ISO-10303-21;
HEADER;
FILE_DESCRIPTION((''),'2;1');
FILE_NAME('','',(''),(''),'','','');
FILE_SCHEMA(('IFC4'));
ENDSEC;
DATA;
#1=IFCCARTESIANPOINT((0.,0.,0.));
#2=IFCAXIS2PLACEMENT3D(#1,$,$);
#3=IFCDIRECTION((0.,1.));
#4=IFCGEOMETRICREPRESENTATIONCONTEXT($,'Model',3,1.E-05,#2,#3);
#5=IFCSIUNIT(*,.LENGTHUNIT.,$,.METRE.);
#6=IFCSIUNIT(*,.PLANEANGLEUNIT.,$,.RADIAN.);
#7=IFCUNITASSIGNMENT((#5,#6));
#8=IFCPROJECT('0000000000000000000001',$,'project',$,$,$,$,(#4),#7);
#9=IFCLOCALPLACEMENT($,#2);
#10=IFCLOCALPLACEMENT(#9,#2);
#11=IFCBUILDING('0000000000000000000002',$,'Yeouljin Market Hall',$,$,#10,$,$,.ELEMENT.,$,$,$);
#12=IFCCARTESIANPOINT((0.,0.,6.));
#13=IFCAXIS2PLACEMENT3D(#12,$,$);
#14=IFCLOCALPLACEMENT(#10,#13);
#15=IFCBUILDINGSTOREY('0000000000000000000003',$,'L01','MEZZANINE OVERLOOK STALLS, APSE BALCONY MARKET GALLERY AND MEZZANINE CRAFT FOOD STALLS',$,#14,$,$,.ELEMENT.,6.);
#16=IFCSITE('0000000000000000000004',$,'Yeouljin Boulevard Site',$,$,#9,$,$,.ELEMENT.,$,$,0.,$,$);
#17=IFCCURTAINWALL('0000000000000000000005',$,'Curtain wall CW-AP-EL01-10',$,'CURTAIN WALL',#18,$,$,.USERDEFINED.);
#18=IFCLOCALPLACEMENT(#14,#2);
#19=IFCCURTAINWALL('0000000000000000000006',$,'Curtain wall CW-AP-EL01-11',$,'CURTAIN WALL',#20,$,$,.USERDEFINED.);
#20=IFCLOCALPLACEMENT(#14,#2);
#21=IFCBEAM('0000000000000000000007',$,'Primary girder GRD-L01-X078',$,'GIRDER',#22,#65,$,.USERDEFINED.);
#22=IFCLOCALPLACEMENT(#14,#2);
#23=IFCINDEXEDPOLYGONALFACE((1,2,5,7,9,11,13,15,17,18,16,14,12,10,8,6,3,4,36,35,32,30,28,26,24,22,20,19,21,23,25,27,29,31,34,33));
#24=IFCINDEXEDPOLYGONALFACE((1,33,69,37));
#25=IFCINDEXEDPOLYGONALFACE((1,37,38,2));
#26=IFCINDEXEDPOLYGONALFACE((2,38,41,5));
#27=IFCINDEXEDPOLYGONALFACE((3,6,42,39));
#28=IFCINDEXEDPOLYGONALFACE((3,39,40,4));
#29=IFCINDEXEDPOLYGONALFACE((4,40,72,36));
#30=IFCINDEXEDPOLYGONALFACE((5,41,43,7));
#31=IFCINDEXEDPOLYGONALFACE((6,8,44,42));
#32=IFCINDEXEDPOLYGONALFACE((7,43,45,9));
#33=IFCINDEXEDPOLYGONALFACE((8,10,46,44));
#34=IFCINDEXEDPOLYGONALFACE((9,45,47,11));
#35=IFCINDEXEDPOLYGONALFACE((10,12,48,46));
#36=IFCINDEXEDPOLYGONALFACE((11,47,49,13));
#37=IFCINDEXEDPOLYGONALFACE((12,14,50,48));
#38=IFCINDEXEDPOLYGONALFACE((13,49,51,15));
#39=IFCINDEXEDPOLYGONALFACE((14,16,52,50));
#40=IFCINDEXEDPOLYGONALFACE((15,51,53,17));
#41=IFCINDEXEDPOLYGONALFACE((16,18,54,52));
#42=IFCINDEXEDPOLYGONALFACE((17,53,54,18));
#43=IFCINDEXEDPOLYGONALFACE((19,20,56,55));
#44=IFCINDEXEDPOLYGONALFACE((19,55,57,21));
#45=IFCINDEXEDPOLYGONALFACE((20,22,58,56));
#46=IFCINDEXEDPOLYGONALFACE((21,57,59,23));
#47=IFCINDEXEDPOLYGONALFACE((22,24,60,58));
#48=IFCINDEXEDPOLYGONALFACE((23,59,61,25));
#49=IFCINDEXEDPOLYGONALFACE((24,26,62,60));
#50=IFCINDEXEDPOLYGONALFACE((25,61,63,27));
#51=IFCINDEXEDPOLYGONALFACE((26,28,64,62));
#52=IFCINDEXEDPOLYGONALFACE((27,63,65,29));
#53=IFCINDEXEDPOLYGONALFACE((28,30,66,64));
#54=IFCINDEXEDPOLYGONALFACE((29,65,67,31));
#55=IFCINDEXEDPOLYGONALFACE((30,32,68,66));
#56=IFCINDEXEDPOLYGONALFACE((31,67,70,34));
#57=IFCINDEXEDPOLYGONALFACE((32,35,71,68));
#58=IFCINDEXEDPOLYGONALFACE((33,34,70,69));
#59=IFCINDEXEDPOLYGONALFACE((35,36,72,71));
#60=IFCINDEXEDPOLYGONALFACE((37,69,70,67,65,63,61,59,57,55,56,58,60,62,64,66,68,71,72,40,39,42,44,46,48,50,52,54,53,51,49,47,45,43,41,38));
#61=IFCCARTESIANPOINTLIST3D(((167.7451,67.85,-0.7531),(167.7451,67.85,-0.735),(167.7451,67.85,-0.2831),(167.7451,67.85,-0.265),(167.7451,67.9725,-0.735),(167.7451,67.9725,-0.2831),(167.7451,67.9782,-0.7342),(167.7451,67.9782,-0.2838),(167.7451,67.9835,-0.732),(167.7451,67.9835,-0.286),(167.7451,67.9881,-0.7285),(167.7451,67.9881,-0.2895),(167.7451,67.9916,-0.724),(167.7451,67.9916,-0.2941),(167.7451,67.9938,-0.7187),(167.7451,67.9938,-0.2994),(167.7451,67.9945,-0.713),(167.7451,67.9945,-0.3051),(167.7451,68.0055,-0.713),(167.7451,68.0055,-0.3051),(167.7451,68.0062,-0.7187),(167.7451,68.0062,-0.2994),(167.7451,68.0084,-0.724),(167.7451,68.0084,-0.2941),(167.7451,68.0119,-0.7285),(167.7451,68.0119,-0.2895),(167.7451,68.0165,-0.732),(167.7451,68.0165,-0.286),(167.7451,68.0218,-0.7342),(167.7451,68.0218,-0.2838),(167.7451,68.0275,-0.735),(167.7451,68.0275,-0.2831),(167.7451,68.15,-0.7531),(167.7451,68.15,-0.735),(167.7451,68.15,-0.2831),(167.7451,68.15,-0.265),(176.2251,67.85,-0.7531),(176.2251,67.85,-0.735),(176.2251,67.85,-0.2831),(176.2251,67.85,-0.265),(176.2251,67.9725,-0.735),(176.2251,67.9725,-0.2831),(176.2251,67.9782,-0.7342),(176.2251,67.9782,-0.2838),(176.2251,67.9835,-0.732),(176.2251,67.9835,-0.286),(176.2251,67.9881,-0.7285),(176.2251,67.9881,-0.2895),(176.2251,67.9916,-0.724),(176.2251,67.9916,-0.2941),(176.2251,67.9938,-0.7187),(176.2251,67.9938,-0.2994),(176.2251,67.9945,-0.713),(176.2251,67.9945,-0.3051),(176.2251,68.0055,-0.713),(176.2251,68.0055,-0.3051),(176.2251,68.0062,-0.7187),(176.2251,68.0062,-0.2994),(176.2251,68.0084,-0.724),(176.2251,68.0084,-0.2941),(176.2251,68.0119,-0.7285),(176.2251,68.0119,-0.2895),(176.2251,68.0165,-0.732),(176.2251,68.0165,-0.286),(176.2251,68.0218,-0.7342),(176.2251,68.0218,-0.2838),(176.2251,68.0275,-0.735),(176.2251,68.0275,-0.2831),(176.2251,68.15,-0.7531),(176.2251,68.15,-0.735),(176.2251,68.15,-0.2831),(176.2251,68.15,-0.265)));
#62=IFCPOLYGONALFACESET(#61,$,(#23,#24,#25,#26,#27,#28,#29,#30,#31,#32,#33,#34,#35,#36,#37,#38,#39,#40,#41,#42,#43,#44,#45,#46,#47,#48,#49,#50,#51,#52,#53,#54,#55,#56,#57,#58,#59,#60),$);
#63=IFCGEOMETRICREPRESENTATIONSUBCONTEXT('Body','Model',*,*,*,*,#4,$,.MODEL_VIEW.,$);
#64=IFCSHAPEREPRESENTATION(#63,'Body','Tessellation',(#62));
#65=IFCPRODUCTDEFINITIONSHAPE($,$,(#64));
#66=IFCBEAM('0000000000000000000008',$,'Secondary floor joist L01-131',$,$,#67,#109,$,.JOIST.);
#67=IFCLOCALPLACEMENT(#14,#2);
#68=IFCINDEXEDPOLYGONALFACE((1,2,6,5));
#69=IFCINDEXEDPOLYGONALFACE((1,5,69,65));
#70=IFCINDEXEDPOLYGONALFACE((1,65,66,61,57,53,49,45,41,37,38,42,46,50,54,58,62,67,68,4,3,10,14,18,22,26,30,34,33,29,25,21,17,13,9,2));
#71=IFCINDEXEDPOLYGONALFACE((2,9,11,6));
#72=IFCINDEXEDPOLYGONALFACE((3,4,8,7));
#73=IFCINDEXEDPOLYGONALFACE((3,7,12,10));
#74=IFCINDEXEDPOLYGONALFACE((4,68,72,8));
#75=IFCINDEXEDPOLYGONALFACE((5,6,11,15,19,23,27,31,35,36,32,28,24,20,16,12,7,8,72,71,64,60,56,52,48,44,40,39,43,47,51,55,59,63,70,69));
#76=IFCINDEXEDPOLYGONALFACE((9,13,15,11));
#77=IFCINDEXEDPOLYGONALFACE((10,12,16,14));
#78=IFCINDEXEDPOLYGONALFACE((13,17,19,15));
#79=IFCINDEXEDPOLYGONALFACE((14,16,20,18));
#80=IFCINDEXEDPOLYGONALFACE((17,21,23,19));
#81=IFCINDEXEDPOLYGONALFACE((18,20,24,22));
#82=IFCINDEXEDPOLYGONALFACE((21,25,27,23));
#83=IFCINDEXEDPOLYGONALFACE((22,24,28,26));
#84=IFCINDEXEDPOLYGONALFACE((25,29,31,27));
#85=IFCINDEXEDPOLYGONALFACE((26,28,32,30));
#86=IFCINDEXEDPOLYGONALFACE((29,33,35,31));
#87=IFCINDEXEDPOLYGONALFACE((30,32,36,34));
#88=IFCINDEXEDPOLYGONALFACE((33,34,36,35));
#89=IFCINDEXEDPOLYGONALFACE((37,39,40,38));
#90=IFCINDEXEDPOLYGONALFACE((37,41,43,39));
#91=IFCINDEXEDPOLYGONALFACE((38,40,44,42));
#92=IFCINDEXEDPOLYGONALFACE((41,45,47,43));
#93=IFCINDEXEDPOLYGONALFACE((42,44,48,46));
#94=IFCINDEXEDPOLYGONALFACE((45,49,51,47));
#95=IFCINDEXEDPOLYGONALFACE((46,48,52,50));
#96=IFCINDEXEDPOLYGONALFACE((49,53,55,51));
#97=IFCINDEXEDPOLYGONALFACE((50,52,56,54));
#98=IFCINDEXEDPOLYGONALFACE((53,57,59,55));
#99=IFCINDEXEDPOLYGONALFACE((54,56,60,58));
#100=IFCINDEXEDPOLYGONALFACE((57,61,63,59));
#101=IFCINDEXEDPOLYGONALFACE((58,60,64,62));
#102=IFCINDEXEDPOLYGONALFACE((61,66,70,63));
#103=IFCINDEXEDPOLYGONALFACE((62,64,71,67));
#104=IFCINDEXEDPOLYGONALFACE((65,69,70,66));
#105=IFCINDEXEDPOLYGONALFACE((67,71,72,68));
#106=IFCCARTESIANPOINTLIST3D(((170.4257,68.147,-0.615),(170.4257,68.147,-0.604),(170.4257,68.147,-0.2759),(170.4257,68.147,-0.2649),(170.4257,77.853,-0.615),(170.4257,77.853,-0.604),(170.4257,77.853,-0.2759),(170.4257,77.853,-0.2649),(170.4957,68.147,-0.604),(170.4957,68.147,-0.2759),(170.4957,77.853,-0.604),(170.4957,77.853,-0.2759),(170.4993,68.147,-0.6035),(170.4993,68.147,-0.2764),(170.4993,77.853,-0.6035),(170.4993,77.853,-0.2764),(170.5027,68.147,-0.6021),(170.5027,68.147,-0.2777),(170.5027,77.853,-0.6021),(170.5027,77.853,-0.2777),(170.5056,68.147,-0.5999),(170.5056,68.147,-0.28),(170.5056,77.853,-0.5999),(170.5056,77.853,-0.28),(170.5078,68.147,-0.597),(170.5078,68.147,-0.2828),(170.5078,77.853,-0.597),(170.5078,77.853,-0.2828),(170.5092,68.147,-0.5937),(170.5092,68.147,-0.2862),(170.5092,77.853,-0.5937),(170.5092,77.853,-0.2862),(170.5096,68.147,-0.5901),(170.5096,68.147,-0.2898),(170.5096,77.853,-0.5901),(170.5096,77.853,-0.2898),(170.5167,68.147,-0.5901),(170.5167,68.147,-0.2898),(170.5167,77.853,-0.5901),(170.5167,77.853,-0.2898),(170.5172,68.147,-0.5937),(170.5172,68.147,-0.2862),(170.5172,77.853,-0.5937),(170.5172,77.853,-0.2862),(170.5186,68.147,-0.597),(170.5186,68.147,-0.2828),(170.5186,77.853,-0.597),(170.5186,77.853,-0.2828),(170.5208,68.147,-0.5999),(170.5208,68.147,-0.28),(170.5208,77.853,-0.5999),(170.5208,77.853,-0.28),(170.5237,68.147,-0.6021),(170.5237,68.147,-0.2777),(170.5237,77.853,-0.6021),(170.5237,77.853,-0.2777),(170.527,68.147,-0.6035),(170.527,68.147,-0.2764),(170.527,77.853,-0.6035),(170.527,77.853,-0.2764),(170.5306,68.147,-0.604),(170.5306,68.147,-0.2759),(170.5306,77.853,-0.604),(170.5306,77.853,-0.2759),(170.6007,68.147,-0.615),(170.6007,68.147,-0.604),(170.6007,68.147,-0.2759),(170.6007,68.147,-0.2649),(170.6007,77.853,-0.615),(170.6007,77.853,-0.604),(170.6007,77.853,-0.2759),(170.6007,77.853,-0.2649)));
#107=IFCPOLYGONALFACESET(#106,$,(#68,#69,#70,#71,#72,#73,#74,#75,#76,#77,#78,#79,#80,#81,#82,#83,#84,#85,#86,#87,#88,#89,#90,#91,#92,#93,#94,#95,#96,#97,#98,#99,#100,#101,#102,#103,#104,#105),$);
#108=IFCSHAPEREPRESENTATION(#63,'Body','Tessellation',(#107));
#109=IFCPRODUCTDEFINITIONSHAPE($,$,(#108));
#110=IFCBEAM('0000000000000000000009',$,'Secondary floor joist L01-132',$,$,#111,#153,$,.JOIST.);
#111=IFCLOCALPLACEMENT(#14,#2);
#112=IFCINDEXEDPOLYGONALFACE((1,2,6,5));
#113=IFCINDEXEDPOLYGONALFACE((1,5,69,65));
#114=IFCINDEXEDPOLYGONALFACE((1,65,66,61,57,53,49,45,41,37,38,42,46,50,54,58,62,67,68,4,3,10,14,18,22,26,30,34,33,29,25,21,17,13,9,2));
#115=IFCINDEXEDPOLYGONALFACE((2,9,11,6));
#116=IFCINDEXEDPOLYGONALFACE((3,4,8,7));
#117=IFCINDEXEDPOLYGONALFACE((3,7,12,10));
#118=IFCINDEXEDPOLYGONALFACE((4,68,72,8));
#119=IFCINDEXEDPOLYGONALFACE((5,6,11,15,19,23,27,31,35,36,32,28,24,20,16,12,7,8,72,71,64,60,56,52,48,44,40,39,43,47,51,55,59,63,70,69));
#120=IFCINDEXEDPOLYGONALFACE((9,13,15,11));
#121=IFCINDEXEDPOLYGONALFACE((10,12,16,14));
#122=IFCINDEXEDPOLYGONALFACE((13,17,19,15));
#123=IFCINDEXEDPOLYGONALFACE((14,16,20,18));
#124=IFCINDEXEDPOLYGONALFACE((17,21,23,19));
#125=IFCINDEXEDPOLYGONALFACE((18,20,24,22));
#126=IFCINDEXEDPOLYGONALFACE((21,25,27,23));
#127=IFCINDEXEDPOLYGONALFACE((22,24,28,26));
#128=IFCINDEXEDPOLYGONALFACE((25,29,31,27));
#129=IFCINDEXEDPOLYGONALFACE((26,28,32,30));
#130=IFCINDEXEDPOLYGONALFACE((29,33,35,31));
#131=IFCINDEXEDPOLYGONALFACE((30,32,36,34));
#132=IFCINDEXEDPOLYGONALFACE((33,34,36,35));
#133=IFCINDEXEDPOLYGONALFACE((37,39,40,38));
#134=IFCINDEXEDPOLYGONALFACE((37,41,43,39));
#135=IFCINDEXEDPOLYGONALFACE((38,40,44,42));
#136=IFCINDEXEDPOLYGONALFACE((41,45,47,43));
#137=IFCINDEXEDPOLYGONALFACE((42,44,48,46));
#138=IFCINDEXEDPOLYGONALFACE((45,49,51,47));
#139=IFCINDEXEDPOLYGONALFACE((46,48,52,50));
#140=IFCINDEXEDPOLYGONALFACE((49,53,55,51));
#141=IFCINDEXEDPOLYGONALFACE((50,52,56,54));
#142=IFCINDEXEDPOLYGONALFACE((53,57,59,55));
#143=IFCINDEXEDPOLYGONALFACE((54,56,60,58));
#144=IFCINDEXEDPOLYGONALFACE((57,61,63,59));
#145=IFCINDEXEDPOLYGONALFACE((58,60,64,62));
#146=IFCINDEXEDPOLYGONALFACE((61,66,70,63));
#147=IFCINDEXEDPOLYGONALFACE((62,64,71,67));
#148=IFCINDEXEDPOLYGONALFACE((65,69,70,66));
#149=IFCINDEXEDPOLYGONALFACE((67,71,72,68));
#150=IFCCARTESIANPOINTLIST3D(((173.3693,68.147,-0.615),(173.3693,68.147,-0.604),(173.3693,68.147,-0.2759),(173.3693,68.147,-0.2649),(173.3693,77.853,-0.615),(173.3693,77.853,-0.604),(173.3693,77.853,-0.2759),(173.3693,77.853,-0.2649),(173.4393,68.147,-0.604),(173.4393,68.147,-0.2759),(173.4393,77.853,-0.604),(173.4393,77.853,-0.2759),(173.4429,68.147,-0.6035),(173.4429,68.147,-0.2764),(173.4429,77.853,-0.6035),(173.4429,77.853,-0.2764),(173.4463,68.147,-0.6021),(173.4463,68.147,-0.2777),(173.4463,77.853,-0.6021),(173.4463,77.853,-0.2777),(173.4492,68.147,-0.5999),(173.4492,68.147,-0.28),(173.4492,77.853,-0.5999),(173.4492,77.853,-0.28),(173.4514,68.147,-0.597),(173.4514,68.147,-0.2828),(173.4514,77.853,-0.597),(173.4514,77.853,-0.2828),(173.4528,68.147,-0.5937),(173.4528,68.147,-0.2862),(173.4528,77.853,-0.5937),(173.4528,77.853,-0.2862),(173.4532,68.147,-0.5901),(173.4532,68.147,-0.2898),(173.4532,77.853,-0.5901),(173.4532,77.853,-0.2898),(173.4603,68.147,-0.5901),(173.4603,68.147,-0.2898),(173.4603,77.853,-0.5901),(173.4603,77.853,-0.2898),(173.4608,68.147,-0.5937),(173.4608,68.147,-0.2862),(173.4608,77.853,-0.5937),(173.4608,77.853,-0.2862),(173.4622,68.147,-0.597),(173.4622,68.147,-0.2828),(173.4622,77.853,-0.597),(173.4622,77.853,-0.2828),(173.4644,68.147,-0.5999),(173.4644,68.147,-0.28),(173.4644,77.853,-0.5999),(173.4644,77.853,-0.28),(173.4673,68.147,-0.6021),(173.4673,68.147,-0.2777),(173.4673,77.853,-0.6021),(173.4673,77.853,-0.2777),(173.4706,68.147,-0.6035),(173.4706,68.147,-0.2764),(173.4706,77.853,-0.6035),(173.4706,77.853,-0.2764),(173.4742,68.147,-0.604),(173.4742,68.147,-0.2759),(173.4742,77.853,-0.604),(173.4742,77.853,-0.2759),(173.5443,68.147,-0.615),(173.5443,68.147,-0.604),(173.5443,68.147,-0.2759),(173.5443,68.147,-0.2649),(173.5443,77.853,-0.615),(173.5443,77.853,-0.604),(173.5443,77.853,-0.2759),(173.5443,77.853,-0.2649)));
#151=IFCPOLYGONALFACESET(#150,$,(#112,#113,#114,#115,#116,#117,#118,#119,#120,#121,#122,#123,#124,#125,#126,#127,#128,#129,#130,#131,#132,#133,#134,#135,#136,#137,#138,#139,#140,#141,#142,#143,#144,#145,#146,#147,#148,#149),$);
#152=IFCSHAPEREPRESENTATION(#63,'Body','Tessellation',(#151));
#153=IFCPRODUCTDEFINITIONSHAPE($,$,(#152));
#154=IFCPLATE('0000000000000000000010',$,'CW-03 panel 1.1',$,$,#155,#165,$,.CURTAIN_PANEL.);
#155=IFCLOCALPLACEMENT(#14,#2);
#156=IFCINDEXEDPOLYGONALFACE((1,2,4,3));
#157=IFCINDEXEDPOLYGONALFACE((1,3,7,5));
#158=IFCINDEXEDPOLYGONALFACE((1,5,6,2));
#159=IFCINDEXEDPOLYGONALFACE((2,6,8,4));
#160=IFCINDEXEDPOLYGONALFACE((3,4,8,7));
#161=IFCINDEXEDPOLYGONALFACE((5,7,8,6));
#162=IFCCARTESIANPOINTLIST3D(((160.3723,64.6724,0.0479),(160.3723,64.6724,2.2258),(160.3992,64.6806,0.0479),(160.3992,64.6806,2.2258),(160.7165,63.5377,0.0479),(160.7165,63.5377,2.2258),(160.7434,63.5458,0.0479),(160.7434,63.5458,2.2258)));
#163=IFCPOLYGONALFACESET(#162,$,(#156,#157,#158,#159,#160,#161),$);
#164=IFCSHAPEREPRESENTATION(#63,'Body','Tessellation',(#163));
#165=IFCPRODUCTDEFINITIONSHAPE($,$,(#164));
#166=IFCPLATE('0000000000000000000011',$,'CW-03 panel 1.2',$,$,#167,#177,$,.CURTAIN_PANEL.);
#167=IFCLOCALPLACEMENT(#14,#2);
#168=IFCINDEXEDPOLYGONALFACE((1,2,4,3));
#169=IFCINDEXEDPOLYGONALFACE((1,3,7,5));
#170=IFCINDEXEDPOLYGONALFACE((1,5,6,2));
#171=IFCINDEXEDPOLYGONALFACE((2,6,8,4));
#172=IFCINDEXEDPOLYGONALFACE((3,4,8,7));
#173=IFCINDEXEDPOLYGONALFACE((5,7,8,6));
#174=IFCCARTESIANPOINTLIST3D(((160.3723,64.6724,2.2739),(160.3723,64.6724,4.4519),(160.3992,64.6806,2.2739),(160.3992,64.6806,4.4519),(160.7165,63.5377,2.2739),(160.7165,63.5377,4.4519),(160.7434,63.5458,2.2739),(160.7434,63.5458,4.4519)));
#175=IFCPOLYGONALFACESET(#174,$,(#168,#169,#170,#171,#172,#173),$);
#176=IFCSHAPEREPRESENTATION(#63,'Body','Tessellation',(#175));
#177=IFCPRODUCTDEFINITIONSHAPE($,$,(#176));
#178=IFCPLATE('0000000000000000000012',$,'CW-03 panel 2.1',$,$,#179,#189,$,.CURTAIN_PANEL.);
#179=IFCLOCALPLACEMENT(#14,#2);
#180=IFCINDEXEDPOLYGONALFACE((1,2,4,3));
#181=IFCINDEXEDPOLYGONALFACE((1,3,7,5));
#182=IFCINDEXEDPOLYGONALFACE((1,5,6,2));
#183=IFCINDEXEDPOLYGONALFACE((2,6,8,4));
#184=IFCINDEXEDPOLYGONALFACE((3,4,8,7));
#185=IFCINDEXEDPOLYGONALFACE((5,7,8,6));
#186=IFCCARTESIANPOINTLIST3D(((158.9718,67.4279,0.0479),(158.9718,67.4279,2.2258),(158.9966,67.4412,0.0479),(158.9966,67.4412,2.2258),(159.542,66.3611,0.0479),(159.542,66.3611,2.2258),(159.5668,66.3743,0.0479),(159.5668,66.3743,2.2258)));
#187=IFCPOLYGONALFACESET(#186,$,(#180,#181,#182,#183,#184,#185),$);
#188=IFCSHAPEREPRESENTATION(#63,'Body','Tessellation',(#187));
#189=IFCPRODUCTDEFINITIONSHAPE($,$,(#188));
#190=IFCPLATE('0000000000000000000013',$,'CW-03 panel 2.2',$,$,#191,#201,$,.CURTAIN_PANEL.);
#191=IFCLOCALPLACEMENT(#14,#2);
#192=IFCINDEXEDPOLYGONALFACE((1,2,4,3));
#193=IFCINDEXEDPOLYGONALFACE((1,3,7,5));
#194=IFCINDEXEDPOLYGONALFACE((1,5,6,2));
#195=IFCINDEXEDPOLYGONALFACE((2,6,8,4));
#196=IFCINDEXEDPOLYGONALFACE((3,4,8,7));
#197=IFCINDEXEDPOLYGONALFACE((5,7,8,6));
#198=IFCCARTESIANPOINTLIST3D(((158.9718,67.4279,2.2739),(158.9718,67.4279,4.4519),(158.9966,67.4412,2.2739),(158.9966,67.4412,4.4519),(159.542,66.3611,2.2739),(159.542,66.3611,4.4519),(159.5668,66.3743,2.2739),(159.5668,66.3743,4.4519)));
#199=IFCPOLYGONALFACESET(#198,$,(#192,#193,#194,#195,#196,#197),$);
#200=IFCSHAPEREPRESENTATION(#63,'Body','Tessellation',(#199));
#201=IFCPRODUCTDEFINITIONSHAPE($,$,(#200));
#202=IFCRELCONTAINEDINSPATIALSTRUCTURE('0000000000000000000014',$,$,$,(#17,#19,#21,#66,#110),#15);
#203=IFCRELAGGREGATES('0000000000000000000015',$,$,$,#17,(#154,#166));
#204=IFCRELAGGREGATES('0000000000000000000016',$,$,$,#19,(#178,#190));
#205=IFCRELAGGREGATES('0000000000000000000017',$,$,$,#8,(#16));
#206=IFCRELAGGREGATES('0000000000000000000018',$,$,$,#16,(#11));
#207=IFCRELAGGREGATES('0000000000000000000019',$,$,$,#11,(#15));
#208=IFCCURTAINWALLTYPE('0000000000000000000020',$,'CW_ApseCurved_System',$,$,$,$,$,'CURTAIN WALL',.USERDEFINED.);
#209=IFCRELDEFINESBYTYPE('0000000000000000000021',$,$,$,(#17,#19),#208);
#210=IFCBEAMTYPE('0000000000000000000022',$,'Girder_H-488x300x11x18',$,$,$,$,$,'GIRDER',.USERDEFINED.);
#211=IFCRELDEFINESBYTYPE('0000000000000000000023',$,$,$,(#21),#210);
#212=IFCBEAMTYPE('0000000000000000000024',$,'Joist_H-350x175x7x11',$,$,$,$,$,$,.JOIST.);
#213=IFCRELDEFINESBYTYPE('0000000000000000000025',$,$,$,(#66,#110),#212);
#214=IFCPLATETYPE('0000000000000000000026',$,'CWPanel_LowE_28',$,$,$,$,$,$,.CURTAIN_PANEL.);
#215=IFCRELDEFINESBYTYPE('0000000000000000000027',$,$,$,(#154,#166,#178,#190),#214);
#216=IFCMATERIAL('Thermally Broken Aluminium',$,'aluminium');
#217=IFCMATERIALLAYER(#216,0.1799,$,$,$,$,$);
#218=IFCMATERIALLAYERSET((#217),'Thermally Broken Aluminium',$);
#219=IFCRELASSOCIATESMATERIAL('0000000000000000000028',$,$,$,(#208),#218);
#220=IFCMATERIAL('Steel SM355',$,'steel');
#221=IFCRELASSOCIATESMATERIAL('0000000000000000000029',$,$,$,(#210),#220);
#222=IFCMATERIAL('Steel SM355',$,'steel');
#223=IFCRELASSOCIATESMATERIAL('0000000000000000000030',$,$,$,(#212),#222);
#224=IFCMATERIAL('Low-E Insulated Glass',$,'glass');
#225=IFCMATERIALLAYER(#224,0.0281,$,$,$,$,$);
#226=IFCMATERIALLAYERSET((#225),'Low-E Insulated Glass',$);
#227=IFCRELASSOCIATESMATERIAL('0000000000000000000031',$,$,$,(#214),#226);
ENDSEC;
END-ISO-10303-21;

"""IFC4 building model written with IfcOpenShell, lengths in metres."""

from ifc_helpers import new_model, si_unit, direction, frame, origin, origin_2d, place, context, subcontext, project, spatial, rectangle, i_section, extrude, material, layer, layer_set, material_profile, profile_set, type_object, element, aggregate, save


model = new_model("IFC4")

# Units and contexts
model_context = context("Model", 3, precision=1e-05, world=origin(), true_north=direction((0.0, 1.0)))
body_context = subcontext(model_context, "Body", "Model", "MODEL_VIEW")
ifc_project = project(units=[si_unit("LENGTHUNIT", "METRE"), si_unit("PLANEANGLEUNIT", "RADIAN")], contexts=[model_context])

# Site, building, storey
site_placement = place(None, origin())
site = spatial("IfcSite", under=ifc_project, at=site_placement, Name="Yeouljin Boulevard Site", CompositionType="ELEMENT", RefElevation=0.0)
building_placement = place(site_placement, origin())
building = spatial("IfcBuilding", under=site, at=building_placement, Name="Yeouljin Market Hall", CompositionType="ELEMENT")
storey_placement = place(building_placement, frame((0.0, 0.0, 6.0)))
storey = spatial("IfcBuildingStorey", under=building, at=storey_placement, Name="L01", Description="MEZZANINE OVERLOOK STALLS, APSE BALCONY MARKET GALLERY AND MEZZANINE CRAFT FOOD STALLS", CompositionType="ELEMENT", Elevation=6.0)

# Curtain wall
ifc_material_1 = material(Name="Thermally Broken Aluminium", Category="aluminium")
ifc_layer_1 = layer(ifc_material_1, 0.1799)
ifc_layer_set_1 = layer_set([ifc_layer_1], Name="Thermally Broken Aluminium")
curtain_wall_type = type_object("IfcCurtainWallType", Name="CW_ApseCurved_System", ElementType="CURTAIN WALL", PredefinedType="USERDEFINED", material=ifc_layer_set_1)
curtain_wall_1_placement = place(storey_placement, origin())
curtain_wall_1 = element("IfcCurtainWall", 1, at=curtain_wall_1_placement, inside=storey, type_object=curtain_wall_type, Name="Curtain wall CW-AP-EL01-10", ObjectType="CURTAIN WALL", PredefinedType="USERDEFINED")

# Curtain wall
curtain_wall_2_placement = place(storey_placement, origin())
curtain_wall_2 = element("IfcCurtainWall", 2, at=curtain_wall_2_placement, inside=storey, type_object=curtain_wall_type, Name="Curtain wall CW-AP-EL01-11", ObjectType="CURTAIN WALL", PredefinedType="USERDEFINED")

# Beams
ifc_material_2 = material(Name="Steel SM355", Category="steel")
ifc_material_profile_1 = material_profile(ifc_material_2, i_section(OverallWidth=0.3, OverallDepth=0.488, WebThickness=0.011, FlangeThickness=0.0181, FilletRadius=0.022, at=origin_2d()), Name="H-488x300x11x18")
ifc_profile_set_1 = profile_set([ifc_material_profile_1], Name="Steel SM355")
beam_type_1 = type_object("IfcBeamType", Name="Girder_H-488x300x11x18", ElementType="GIRDER", PredefinedType="USERDEFINED", material=ifc_profile_set_1)
beam_1_placement = place(storey_placement, frame((167.7451, 68.0, -0.509), z_axis=(1.0, 0.0, 0.0), x_axis=(0.0, 1.0, 0.0)))
element("IfcBeam", 3, at=beam_1_placement, inside=storey, type_object=beam_type_1, Name="Primary girder GRD-L01-X078", ObjectType="GIRDER", PredefinedType="USERDEFINED", context=body_context, shape_type="SweptSolid", body=[
    extrude(i_section(OverallWidth=0.3, OverallDepth=0.488, WebThickness=0.011, FlangeThickness=0.0181, FilletRadius=0.022, at=origin_2d()), origin(), (0.0, 0.0, 1.0), 8.48),
])
ifc_material_3 = material(Name="Steel SM355", Category="steel")
ifc_material_profile_2 = material_profile(ifc_material_3, i_section(OverallWidth=0.175, OverallDepth=0.3501, WebThickness=0.0071, FlangeThickness=0.011, FilletRadius=0.0139, at=origin_2d()), Name="H-350x175x7x11")
ifc_profile_set_2 = profile_set([ifc_material_profile_2], Name="Steel SM355")
beam_type_2 = type_object("IfcBeamType", Name="Joist_H-350x175x7x11", PredefinedType="JOIST", material=ifc_profile_set_2)
for number, where, z_axis, x_axis, name in (
    (4, (170.5132, 68.147, -0.4399), (0.0, 1.0, 0.0), (-1.0, 0.0, 0.0), "Secondary floor joist L01-131"),
    (5, (173.4568, 68.147, -0.4399), (0.0, 1.0, 0.0), (-1.0, 0.0, 0.0), "Secondary floor joist L01-132"),
):
    element("IfcBeam", number, at=place(storey_placement, frame(where, z_axis=z_axis, x_axis=x_axis)), inside=storey, type_object=beam_type_2, Name=name, PredefinedType="JOIST", context=body_context, shape_type="SweptSolid", body=[
        extrude(i_section(OverallWidth=0.175, OverallDepth=0.3501, WebThickness=0.0071, FlangeThickness=0.011, FilletRadius=0.0139, at=origin_2d()), origin(), (0.0, 0.0, 1.0), 9.7061),
    ])

# Plates
ifc_material_4 = material(Name="Low-E Insulated Glass", Category="glass")
ifc_layer_2 = layer(ifc_material_4, 0.0281)
ifc_layer_set_2 = layer_set([ifc_layer_2], Name="Low-E Insulated Glass")
plate_type = type_object("IfcPlateType", Name="CWPanel_LowE_28", PredefinedType="CURTAIN_PANEL", material=ifc_layer_set_2)
plate_1_placement = place(storey_placement, frame((160.5579, 64.1091, 0.0479), z_axis=(0.0, 0.0, 1.0), x_axis=(0.290286, -0.95694, 0.0)))
plate_1 = element("IfcPlate", 6, at=plate_1_placement, type_object=plate_type, Name="CW-03 panel 1.1", PredefinedType="CURTAIN_PANEL", context=body_context, shape_type="SweptSolid", body=[
    extrude(rectangle(XDim=1.1858, YDim=0.0281, at=origin_2d()), origin(), (0.0, 0.0, 1.0), 2.178),
])
plate_2_placement = place(storey_placement, frame((160.5579, 64.1091, 2.2739), z_axis=(0.0, 0.0, 1.0), x_axis=(0.290286, -0.95694, 0.0)))
plate_2 = element("IfcPlate", 7, at=plate_2_placement, type_object=plate_type, Name="CW-03 panel 1.2", PredefinedType="CURTAIN_PANEL", context=body_context, shape_type="SweptSolid", body=[
    extrude(rectangle(XDim=1.1858, YDim=0.0281, at=origin_2d()), origin(), (0.0, 0.0, 1.0), 2.178),
])
aggregate(curtain_wall_1, [plate_1, plate_2])
plate_3_placement = place(storey_placement, frame((159.2693, 66.9011, 0.0479), z_axis=(0.0, 0.0, 1.0), x_axis=(0.471378, -0.881931, 0.0)))
plate_3 = element("IfcPlate", 8, at=plate_3_placement, type_object=plate_type, Name="CW-03 panel 2.1", PredefinedType="CURTAIN_PANEL", context=body_context, shape_type="SweptSolid", body=[
    extrude(rectangle(XDim=1.2097, YDim=0.0281, at=origin_2d()), origin(), (0.0, 0.0, 1.0), 2.178),
])
plate_4_placement = place(storey_placement, frame((159.2693, 66.9011, 2.2739), z_axis=(0.0, 0.0, 1.0), x_axis=(0.471378, -0.881931, 0.0)))
plate_4 = element("IfcPlate", 9, at=plate_4_placement, type_object=plate_type, Name="CW-03 panel 2.2", PredefinedType="CURTAIN_PANEL", context=body_context, shape_type="SweptSolid", body=[
    extrude(rectangle(XDim=1.2097, YDim=0.0281, at=origin_2d()), origin(), (0.0, 0.0, 1.0), 2.178),
])
aggregate(curtain_wall_2, [plate_3, plate_4])

save(model, "model.ifc")
